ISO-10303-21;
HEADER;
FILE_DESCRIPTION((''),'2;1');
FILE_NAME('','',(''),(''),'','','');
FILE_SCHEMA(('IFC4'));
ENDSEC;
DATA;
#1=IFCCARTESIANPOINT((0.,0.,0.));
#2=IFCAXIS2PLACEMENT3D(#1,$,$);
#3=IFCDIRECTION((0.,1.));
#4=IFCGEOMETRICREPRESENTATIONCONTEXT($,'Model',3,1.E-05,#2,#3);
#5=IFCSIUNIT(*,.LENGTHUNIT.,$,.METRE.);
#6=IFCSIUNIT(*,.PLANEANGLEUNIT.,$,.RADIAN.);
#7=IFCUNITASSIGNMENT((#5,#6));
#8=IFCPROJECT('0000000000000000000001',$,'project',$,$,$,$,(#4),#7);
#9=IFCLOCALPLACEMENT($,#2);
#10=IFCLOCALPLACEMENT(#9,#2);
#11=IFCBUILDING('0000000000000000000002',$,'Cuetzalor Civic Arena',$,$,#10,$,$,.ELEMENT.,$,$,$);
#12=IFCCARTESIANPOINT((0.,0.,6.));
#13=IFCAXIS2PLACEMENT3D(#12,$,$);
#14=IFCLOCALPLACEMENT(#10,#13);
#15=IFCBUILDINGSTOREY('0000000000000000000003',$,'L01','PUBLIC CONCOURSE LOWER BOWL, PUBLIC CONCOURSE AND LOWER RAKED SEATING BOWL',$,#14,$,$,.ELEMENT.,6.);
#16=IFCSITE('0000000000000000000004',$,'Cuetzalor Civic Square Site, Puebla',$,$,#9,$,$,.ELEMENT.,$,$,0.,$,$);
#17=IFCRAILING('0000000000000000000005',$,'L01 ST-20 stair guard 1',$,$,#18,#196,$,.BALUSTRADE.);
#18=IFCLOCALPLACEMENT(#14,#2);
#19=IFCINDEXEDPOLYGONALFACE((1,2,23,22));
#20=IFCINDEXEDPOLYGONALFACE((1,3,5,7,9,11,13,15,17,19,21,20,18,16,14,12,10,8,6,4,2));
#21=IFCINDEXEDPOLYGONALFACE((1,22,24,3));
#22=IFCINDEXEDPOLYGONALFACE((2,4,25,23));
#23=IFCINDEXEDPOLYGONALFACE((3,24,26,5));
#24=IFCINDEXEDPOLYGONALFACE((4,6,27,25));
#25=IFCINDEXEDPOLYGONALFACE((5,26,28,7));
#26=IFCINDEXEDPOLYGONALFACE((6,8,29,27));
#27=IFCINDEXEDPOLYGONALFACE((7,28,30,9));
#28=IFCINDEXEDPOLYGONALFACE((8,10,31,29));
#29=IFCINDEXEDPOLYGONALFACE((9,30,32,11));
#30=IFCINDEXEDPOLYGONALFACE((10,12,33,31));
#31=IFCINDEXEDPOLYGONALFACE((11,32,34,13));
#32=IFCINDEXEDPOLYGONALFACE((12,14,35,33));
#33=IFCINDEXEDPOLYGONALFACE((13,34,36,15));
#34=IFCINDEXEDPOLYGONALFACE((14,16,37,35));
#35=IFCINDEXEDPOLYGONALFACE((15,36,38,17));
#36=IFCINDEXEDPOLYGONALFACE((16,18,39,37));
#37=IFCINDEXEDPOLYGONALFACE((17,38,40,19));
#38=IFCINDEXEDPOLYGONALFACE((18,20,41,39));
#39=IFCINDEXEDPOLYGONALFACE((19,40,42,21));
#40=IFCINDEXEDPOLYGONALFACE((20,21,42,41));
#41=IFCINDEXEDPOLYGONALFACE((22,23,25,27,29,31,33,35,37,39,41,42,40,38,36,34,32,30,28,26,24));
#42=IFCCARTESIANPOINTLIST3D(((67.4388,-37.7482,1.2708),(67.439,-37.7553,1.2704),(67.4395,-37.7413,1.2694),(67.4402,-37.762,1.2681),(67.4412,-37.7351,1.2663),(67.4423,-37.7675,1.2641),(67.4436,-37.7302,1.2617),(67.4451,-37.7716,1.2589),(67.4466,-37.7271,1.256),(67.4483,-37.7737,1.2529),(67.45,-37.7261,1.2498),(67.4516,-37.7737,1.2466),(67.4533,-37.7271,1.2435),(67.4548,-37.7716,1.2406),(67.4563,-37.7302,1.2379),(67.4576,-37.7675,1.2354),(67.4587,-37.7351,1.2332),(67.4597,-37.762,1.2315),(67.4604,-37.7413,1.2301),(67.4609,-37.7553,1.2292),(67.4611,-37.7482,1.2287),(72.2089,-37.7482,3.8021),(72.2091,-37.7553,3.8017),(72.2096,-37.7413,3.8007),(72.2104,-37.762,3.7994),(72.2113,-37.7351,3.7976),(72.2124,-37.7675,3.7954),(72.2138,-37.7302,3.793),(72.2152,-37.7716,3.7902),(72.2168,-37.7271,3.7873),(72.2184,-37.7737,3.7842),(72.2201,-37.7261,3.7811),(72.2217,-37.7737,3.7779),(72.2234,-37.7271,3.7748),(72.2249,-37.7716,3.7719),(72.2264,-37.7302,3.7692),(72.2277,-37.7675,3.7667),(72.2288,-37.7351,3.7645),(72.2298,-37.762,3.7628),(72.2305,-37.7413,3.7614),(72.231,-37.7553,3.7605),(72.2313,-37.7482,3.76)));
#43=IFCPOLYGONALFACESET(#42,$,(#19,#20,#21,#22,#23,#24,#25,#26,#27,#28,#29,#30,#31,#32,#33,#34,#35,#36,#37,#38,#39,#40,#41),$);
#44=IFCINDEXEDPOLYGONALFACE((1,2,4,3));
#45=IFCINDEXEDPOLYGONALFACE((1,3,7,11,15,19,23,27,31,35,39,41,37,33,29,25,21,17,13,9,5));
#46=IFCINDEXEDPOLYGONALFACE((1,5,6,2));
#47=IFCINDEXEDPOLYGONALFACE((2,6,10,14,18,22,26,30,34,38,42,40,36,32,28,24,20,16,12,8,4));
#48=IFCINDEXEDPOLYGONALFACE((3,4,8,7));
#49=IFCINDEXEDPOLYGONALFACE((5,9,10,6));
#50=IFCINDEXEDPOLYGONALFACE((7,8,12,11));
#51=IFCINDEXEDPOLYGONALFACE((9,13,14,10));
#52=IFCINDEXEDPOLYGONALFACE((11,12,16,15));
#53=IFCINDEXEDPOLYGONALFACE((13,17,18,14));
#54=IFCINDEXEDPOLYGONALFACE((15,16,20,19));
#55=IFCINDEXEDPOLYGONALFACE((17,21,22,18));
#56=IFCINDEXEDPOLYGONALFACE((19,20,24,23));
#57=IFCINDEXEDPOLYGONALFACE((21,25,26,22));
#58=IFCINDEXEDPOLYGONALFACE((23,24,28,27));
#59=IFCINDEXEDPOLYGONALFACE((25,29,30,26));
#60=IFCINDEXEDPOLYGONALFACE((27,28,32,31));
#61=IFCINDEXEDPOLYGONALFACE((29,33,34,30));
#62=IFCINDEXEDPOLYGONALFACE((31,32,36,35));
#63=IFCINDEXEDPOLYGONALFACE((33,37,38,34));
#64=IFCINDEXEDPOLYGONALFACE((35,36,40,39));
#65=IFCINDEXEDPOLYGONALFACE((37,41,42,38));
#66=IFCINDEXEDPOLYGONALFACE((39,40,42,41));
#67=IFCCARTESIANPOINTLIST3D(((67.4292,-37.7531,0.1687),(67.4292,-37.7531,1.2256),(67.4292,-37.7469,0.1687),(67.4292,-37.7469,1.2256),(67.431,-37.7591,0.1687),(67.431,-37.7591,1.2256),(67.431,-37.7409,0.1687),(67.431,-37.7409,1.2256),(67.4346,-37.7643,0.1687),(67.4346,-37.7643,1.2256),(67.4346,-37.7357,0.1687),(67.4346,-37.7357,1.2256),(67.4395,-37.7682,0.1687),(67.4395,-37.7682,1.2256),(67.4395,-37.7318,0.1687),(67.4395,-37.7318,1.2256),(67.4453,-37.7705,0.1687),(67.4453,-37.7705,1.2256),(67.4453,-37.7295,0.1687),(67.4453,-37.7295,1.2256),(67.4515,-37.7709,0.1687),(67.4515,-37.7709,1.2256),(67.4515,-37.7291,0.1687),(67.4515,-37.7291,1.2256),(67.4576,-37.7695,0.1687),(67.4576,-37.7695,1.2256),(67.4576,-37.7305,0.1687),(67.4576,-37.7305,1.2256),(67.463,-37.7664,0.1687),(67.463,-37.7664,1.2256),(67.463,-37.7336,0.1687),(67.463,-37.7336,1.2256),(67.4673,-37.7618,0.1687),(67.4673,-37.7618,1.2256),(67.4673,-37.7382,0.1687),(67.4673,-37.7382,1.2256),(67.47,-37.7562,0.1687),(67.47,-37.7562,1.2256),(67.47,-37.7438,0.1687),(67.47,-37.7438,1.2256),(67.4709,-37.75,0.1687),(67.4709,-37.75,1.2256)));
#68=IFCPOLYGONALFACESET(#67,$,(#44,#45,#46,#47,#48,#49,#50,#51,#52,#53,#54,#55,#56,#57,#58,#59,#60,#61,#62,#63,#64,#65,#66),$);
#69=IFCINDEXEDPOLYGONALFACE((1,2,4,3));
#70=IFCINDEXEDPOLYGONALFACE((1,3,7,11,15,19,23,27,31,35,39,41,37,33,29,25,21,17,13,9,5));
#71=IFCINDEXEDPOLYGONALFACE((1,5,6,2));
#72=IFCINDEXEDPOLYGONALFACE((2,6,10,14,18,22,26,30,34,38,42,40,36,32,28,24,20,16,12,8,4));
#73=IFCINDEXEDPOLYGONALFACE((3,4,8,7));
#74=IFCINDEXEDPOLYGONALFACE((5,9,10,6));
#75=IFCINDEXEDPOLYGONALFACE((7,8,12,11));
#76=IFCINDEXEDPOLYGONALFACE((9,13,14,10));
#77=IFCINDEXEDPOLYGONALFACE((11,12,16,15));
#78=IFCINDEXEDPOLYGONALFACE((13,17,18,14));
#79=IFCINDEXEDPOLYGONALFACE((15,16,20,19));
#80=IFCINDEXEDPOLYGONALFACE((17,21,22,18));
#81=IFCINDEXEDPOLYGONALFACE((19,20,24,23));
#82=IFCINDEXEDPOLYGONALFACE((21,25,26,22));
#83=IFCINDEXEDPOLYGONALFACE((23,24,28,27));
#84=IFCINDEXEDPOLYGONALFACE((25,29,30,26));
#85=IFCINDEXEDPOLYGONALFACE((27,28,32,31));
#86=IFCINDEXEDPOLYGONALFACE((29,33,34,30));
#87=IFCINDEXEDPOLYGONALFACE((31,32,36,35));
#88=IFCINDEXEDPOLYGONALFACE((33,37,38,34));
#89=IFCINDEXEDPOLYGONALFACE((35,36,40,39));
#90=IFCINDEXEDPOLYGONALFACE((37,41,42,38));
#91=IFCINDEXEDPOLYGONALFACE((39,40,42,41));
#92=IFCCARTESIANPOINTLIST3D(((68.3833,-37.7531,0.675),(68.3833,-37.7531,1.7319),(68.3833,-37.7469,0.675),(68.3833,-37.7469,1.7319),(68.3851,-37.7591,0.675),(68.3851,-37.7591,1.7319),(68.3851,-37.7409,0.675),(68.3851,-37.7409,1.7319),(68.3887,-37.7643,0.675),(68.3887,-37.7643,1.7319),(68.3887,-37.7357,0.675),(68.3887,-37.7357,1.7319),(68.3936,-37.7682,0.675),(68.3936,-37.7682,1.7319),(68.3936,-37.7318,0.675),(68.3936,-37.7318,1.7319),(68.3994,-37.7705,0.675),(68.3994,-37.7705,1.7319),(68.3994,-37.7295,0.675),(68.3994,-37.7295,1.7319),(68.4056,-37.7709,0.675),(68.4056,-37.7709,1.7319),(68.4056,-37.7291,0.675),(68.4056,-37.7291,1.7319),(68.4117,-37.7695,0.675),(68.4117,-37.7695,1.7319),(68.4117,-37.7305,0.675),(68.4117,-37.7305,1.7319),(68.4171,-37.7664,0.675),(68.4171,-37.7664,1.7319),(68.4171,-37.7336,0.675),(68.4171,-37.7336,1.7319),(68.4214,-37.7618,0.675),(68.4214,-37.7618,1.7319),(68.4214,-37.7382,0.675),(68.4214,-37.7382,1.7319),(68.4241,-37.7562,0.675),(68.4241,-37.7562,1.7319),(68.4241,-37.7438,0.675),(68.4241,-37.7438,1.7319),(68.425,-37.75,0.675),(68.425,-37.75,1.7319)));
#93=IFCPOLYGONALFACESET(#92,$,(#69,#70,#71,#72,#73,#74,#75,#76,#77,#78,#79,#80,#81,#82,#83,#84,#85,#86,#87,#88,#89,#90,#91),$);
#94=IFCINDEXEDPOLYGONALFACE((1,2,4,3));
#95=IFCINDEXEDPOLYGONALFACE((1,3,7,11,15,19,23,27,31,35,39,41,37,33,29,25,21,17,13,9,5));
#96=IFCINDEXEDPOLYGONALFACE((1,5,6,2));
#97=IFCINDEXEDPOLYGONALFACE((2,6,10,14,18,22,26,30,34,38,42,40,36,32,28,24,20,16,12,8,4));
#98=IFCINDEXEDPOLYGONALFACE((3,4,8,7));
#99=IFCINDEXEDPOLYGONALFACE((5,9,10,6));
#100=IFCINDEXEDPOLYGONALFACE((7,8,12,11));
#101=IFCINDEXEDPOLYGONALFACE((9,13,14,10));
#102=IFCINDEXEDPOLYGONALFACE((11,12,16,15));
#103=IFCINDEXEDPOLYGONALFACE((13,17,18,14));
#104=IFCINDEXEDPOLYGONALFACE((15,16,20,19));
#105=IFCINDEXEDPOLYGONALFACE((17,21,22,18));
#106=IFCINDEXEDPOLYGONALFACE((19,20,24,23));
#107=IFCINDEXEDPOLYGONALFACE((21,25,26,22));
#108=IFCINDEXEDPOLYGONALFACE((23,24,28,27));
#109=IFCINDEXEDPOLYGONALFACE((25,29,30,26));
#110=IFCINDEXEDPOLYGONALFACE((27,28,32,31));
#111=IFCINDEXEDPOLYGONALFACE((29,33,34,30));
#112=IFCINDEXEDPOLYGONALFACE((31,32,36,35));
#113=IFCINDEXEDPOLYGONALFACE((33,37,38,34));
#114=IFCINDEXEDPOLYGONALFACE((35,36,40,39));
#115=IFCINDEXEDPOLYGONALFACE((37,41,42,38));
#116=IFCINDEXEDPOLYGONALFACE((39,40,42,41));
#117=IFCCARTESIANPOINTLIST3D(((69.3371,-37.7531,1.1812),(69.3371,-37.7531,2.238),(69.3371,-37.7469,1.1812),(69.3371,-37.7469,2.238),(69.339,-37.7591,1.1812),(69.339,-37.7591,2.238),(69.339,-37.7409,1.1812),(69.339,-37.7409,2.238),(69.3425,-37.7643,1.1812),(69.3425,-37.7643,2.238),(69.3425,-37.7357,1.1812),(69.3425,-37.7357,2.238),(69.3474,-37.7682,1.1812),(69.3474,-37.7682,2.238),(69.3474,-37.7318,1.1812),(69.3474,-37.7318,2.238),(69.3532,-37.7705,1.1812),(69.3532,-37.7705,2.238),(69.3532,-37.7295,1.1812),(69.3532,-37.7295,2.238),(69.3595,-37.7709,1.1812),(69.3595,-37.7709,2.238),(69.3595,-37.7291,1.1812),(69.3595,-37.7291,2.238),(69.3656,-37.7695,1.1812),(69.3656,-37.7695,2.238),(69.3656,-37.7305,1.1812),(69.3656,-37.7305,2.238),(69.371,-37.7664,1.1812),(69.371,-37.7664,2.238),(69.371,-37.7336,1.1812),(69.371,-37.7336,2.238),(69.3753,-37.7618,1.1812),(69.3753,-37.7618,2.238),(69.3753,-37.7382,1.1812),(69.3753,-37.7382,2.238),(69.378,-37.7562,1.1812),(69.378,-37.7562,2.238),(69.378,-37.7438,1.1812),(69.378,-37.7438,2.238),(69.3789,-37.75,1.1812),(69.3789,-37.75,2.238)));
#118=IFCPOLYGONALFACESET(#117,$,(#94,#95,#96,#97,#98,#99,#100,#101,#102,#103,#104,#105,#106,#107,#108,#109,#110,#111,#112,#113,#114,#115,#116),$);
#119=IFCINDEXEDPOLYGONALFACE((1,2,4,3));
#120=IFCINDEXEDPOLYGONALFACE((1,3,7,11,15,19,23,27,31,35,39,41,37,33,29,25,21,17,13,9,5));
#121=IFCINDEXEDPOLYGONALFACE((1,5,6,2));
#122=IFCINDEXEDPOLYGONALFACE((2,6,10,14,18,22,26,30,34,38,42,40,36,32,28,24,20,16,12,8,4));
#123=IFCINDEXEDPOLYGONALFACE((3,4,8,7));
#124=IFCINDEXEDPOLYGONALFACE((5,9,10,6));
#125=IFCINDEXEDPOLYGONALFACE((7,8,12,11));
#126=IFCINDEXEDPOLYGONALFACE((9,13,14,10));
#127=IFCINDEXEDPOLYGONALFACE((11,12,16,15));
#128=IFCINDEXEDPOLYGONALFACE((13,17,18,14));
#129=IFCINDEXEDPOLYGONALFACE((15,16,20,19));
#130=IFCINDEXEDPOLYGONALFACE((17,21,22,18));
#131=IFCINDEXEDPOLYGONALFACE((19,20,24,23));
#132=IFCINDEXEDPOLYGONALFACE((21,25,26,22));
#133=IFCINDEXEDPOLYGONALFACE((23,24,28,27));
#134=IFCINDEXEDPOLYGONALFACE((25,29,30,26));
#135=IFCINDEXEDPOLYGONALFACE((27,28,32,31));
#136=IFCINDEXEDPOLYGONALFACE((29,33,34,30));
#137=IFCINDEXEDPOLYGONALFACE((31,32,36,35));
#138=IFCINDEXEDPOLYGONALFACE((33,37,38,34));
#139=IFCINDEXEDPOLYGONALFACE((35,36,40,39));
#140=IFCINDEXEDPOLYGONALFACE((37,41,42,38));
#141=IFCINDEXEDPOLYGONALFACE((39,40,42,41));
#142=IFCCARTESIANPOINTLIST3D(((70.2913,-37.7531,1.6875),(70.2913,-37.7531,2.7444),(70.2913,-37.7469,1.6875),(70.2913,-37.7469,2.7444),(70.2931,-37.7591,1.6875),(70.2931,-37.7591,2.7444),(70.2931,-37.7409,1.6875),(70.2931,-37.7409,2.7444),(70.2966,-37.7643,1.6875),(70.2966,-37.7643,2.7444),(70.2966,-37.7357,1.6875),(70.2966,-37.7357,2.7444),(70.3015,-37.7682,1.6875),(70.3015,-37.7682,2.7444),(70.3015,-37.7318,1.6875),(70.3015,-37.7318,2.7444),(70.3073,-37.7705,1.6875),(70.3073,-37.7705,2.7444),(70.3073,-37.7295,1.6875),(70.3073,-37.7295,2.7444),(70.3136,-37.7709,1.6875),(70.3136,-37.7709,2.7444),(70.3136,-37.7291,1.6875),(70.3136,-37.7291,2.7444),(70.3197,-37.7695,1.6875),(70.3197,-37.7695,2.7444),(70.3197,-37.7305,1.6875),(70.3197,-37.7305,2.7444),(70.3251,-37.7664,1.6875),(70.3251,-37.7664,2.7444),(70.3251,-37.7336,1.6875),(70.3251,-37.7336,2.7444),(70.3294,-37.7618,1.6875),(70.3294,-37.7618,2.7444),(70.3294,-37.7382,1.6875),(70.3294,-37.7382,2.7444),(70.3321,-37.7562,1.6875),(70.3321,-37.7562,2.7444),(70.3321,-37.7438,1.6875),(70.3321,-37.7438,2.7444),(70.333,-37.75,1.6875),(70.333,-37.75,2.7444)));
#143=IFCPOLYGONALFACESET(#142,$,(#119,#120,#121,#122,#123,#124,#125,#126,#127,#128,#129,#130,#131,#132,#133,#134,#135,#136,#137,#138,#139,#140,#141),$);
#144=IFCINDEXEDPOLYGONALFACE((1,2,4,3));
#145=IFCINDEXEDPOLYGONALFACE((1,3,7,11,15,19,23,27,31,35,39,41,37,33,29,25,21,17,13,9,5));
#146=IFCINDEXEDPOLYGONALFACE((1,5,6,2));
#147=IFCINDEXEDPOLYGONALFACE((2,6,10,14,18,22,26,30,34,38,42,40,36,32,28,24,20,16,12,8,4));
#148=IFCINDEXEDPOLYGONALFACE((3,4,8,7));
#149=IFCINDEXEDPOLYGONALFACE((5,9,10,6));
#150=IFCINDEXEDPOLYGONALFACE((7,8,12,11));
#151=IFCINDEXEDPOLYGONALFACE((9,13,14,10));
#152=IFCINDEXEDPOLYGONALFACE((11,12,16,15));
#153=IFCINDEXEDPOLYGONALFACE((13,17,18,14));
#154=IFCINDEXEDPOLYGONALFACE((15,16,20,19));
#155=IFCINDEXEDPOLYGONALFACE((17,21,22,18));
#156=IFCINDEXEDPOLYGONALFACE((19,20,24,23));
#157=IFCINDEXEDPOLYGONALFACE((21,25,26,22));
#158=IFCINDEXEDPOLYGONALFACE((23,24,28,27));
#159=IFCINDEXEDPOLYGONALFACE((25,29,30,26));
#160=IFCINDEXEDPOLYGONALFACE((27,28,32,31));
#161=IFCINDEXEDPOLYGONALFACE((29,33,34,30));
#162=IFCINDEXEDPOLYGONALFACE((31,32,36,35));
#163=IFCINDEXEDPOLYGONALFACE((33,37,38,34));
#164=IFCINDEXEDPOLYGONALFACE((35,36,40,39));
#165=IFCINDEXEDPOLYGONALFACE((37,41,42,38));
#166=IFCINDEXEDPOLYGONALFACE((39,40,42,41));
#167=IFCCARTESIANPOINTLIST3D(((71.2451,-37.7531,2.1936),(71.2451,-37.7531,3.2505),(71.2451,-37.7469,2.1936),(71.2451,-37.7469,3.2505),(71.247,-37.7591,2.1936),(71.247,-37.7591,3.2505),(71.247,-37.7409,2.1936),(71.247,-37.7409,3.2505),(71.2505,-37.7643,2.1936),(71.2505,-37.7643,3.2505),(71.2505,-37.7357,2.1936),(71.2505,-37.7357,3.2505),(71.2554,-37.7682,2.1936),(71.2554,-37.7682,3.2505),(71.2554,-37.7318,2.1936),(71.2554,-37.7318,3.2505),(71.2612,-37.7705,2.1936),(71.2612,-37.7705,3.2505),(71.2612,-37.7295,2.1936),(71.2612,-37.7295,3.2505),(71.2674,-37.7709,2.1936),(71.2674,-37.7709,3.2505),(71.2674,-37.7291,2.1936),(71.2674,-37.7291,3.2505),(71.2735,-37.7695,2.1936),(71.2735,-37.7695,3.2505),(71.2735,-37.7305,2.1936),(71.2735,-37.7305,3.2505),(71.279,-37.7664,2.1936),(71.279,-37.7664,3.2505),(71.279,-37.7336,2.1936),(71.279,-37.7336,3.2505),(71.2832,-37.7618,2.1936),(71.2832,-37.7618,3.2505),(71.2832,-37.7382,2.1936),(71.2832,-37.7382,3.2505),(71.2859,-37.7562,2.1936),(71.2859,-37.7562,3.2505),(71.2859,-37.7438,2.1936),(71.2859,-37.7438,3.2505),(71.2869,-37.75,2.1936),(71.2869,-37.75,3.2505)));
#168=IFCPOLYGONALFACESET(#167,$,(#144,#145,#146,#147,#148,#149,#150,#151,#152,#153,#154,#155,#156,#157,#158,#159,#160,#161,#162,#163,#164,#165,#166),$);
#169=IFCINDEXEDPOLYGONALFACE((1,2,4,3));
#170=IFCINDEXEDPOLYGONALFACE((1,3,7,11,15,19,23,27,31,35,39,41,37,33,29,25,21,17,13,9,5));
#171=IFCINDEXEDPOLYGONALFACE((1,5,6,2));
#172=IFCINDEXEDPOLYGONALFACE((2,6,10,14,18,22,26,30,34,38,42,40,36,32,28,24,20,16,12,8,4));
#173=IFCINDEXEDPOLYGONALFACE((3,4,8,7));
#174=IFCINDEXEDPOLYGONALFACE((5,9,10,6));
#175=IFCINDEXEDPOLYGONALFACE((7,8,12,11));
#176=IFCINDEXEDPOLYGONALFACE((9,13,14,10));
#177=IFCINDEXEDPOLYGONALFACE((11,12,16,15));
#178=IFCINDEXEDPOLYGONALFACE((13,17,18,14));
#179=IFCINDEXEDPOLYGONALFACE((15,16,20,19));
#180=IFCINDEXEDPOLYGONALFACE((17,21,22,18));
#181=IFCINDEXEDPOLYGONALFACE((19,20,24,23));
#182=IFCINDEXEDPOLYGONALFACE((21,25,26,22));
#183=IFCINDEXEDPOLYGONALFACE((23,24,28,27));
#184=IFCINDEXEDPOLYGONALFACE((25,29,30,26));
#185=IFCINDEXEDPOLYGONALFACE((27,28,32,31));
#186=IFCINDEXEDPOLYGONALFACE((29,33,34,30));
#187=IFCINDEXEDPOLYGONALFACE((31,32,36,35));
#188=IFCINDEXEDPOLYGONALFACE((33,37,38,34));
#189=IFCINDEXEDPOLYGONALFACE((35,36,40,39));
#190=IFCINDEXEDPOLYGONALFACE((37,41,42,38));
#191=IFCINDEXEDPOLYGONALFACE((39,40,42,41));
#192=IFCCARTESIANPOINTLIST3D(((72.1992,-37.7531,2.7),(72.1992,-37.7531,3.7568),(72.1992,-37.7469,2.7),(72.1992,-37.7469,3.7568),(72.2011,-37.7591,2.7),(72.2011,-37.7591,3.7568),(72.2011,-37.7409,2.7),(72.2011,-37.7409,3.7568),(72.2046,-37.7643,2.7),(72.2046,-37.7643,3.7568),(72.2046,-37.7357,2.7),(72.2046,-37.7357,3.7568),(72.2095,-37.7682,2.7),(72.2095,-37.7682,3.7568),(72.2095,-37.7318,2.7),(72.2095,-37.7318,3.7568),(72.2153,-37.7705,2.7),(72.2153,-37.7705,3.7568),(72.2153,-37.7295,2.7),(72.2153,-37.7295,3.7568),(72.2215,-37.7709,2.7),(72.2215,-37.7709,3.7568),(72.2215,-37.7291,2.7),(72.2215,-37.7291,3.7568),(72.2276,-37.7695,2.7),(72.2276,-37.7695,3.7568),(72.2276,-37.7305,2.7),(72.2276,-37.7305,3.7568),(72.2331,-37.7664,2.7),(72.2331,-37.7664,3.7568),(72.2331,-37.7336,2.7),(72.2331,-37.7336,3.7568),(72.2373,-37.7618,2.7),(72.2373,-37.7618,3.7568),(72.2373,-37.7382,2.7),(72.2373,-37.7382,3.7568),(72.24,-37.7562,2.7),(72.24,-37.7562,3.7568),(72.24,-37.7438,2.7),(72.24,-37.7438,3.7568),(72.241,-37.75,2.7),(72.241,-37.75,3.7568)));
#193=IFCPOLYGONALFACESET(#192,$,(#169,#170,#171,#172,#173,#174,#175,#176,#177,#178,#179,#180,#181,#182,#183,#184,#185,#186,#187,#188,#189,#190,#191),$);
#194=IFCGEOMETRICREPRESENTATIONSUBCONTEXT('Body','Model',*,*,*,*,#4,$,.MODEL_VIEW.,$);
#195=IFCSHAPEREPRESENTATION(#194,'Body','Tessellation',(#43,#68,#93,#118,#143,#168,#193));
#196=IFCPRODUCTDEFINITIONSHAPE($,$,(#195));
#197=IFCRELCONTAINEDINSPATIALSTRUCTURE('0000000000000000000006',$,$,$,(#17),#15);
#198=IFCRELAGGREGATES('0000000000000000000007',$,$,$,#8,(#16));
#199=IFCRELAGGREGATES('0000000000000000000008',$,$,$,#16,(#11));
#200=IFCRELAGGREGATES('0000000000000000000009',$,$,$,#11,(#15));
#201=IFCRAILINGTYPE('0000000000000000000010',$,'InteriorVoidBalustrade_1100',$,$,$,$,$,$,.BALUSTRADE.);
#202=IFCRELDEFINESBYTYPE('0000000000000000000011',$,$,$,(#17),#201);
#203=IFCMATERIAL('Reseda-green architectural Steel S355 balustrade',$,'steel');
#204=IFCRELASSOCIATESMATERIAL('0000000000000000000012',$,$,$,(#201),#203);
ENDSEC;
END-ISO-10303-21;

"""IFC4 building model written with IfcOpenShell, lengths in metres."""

from ifc_helpers import new_model, si_unit, direction, frame, origin, origin_2d, place, context, subcontext, project, spatial, circle, extrude, material, type_object, element, save


model = new_model("IFC4")

# Units and contexts
model_context = context("Model", 3, precision=1e-05, world=origin(), true_north=direction((0.0, 1.0)))
body_context = subcontext(model_context, "Body", "Model", "MODEL_VIEW")
ifc_project = project(units=[si_unit("LENGTHUNIT", "METRE"), si_unit("PLANEANGLEUNIT", "RADIAN")], contexts=[model_context])

# Site, building, storey
site_placement = place(None, origin())
site = spatial("IfcSite", under=ifc_project, at=site_placement, Name="Cuetzalor Civic Square Site, Puebla", CompositionType="ELEMENT", RefElevation=0.0)
building_placement = place(site_placement, origin())
building = spatial("IfcBuilding", under=site, at=building_placement, Name="Cuetzalor Civic Arena", CompositionType="ELEMENT")
storey_placement = place(building_placement, frame((0.0, 0.0, 6.0)))
storey = spatial("IfcBuildingStorey", under=building, at=storey_placement, Name="L01", Description="PUBLIC CONCOURSE LOWER BOWL, PUBLIC CONCOURSE AND LOWER RAKED SEATING BOWL", CompositionType="ELEMENT", Elevation=6.0)

# Railing
ifc_material_1 = material(Name="Reseda-green architectural Steel S355 balustrade", Category="steel")
railing_type_1 = type_object("IfcRailingType", Name="InteriorVoidBalustrade_1100", PredefinedType="BALUSTRADE", material=ifc_material_1)
railing_1_placement = place(storey_placement, frame((67.45, -37.75, 0.1687)))
element("IfcRailing", 1, at=railing_1_placement, inside=storey, type_object=railing_type_1, Name="L01 ST-20 stair guard 1", PredefinedType="BALUSTRADE", context=body_context, shape_type="SweptSolid", body=[
    extrude(circle(Radius=0.0239, at=origin_2d()), frame((0.0, 0.0, 1.0811), z_axis=(0.883332, 0.0, 0.468747), x_axis=(0.0, 1.0, 0.0)), (0.0, 0.0, 1.0), 5.4001),
    extrude(circle(Radius=0.021, at=origin_2d()), origin(), (0.0, 0.0, 1.0), 1.0569),
    extrude(circle(Radius=0.021, at=origin_2d()), frame((0.9541, 0.0, 0.5063)), (0.0, 0.0, 1.0), 1.0569),
    extrude(circle(Radius=0.021, at=origin_2d()), frame((1.908, 0.0, 1.0125)), (0.0, 0.0, 1.0), 1.0569),
    extrude(circle(Radius=0.021, at=origin_2d()), frame((2.8621, 0.0, 1.5188)), (0.0, 0.0, 1.0), 1.0569),
    extrude(circle(Radius=0.021, at=origin_2d()), frame((3.8159, 0.0, 2.0249)), (0.0, 0.0, 1.0), 1.0569),
    extrude(circle(Radius=0.021, at=origin_2d()), frame((4.77, 0.0, 2.5312)), (0.0, 0.0, 1.0), 1.0569),
])

save(model, "model.ifc")
